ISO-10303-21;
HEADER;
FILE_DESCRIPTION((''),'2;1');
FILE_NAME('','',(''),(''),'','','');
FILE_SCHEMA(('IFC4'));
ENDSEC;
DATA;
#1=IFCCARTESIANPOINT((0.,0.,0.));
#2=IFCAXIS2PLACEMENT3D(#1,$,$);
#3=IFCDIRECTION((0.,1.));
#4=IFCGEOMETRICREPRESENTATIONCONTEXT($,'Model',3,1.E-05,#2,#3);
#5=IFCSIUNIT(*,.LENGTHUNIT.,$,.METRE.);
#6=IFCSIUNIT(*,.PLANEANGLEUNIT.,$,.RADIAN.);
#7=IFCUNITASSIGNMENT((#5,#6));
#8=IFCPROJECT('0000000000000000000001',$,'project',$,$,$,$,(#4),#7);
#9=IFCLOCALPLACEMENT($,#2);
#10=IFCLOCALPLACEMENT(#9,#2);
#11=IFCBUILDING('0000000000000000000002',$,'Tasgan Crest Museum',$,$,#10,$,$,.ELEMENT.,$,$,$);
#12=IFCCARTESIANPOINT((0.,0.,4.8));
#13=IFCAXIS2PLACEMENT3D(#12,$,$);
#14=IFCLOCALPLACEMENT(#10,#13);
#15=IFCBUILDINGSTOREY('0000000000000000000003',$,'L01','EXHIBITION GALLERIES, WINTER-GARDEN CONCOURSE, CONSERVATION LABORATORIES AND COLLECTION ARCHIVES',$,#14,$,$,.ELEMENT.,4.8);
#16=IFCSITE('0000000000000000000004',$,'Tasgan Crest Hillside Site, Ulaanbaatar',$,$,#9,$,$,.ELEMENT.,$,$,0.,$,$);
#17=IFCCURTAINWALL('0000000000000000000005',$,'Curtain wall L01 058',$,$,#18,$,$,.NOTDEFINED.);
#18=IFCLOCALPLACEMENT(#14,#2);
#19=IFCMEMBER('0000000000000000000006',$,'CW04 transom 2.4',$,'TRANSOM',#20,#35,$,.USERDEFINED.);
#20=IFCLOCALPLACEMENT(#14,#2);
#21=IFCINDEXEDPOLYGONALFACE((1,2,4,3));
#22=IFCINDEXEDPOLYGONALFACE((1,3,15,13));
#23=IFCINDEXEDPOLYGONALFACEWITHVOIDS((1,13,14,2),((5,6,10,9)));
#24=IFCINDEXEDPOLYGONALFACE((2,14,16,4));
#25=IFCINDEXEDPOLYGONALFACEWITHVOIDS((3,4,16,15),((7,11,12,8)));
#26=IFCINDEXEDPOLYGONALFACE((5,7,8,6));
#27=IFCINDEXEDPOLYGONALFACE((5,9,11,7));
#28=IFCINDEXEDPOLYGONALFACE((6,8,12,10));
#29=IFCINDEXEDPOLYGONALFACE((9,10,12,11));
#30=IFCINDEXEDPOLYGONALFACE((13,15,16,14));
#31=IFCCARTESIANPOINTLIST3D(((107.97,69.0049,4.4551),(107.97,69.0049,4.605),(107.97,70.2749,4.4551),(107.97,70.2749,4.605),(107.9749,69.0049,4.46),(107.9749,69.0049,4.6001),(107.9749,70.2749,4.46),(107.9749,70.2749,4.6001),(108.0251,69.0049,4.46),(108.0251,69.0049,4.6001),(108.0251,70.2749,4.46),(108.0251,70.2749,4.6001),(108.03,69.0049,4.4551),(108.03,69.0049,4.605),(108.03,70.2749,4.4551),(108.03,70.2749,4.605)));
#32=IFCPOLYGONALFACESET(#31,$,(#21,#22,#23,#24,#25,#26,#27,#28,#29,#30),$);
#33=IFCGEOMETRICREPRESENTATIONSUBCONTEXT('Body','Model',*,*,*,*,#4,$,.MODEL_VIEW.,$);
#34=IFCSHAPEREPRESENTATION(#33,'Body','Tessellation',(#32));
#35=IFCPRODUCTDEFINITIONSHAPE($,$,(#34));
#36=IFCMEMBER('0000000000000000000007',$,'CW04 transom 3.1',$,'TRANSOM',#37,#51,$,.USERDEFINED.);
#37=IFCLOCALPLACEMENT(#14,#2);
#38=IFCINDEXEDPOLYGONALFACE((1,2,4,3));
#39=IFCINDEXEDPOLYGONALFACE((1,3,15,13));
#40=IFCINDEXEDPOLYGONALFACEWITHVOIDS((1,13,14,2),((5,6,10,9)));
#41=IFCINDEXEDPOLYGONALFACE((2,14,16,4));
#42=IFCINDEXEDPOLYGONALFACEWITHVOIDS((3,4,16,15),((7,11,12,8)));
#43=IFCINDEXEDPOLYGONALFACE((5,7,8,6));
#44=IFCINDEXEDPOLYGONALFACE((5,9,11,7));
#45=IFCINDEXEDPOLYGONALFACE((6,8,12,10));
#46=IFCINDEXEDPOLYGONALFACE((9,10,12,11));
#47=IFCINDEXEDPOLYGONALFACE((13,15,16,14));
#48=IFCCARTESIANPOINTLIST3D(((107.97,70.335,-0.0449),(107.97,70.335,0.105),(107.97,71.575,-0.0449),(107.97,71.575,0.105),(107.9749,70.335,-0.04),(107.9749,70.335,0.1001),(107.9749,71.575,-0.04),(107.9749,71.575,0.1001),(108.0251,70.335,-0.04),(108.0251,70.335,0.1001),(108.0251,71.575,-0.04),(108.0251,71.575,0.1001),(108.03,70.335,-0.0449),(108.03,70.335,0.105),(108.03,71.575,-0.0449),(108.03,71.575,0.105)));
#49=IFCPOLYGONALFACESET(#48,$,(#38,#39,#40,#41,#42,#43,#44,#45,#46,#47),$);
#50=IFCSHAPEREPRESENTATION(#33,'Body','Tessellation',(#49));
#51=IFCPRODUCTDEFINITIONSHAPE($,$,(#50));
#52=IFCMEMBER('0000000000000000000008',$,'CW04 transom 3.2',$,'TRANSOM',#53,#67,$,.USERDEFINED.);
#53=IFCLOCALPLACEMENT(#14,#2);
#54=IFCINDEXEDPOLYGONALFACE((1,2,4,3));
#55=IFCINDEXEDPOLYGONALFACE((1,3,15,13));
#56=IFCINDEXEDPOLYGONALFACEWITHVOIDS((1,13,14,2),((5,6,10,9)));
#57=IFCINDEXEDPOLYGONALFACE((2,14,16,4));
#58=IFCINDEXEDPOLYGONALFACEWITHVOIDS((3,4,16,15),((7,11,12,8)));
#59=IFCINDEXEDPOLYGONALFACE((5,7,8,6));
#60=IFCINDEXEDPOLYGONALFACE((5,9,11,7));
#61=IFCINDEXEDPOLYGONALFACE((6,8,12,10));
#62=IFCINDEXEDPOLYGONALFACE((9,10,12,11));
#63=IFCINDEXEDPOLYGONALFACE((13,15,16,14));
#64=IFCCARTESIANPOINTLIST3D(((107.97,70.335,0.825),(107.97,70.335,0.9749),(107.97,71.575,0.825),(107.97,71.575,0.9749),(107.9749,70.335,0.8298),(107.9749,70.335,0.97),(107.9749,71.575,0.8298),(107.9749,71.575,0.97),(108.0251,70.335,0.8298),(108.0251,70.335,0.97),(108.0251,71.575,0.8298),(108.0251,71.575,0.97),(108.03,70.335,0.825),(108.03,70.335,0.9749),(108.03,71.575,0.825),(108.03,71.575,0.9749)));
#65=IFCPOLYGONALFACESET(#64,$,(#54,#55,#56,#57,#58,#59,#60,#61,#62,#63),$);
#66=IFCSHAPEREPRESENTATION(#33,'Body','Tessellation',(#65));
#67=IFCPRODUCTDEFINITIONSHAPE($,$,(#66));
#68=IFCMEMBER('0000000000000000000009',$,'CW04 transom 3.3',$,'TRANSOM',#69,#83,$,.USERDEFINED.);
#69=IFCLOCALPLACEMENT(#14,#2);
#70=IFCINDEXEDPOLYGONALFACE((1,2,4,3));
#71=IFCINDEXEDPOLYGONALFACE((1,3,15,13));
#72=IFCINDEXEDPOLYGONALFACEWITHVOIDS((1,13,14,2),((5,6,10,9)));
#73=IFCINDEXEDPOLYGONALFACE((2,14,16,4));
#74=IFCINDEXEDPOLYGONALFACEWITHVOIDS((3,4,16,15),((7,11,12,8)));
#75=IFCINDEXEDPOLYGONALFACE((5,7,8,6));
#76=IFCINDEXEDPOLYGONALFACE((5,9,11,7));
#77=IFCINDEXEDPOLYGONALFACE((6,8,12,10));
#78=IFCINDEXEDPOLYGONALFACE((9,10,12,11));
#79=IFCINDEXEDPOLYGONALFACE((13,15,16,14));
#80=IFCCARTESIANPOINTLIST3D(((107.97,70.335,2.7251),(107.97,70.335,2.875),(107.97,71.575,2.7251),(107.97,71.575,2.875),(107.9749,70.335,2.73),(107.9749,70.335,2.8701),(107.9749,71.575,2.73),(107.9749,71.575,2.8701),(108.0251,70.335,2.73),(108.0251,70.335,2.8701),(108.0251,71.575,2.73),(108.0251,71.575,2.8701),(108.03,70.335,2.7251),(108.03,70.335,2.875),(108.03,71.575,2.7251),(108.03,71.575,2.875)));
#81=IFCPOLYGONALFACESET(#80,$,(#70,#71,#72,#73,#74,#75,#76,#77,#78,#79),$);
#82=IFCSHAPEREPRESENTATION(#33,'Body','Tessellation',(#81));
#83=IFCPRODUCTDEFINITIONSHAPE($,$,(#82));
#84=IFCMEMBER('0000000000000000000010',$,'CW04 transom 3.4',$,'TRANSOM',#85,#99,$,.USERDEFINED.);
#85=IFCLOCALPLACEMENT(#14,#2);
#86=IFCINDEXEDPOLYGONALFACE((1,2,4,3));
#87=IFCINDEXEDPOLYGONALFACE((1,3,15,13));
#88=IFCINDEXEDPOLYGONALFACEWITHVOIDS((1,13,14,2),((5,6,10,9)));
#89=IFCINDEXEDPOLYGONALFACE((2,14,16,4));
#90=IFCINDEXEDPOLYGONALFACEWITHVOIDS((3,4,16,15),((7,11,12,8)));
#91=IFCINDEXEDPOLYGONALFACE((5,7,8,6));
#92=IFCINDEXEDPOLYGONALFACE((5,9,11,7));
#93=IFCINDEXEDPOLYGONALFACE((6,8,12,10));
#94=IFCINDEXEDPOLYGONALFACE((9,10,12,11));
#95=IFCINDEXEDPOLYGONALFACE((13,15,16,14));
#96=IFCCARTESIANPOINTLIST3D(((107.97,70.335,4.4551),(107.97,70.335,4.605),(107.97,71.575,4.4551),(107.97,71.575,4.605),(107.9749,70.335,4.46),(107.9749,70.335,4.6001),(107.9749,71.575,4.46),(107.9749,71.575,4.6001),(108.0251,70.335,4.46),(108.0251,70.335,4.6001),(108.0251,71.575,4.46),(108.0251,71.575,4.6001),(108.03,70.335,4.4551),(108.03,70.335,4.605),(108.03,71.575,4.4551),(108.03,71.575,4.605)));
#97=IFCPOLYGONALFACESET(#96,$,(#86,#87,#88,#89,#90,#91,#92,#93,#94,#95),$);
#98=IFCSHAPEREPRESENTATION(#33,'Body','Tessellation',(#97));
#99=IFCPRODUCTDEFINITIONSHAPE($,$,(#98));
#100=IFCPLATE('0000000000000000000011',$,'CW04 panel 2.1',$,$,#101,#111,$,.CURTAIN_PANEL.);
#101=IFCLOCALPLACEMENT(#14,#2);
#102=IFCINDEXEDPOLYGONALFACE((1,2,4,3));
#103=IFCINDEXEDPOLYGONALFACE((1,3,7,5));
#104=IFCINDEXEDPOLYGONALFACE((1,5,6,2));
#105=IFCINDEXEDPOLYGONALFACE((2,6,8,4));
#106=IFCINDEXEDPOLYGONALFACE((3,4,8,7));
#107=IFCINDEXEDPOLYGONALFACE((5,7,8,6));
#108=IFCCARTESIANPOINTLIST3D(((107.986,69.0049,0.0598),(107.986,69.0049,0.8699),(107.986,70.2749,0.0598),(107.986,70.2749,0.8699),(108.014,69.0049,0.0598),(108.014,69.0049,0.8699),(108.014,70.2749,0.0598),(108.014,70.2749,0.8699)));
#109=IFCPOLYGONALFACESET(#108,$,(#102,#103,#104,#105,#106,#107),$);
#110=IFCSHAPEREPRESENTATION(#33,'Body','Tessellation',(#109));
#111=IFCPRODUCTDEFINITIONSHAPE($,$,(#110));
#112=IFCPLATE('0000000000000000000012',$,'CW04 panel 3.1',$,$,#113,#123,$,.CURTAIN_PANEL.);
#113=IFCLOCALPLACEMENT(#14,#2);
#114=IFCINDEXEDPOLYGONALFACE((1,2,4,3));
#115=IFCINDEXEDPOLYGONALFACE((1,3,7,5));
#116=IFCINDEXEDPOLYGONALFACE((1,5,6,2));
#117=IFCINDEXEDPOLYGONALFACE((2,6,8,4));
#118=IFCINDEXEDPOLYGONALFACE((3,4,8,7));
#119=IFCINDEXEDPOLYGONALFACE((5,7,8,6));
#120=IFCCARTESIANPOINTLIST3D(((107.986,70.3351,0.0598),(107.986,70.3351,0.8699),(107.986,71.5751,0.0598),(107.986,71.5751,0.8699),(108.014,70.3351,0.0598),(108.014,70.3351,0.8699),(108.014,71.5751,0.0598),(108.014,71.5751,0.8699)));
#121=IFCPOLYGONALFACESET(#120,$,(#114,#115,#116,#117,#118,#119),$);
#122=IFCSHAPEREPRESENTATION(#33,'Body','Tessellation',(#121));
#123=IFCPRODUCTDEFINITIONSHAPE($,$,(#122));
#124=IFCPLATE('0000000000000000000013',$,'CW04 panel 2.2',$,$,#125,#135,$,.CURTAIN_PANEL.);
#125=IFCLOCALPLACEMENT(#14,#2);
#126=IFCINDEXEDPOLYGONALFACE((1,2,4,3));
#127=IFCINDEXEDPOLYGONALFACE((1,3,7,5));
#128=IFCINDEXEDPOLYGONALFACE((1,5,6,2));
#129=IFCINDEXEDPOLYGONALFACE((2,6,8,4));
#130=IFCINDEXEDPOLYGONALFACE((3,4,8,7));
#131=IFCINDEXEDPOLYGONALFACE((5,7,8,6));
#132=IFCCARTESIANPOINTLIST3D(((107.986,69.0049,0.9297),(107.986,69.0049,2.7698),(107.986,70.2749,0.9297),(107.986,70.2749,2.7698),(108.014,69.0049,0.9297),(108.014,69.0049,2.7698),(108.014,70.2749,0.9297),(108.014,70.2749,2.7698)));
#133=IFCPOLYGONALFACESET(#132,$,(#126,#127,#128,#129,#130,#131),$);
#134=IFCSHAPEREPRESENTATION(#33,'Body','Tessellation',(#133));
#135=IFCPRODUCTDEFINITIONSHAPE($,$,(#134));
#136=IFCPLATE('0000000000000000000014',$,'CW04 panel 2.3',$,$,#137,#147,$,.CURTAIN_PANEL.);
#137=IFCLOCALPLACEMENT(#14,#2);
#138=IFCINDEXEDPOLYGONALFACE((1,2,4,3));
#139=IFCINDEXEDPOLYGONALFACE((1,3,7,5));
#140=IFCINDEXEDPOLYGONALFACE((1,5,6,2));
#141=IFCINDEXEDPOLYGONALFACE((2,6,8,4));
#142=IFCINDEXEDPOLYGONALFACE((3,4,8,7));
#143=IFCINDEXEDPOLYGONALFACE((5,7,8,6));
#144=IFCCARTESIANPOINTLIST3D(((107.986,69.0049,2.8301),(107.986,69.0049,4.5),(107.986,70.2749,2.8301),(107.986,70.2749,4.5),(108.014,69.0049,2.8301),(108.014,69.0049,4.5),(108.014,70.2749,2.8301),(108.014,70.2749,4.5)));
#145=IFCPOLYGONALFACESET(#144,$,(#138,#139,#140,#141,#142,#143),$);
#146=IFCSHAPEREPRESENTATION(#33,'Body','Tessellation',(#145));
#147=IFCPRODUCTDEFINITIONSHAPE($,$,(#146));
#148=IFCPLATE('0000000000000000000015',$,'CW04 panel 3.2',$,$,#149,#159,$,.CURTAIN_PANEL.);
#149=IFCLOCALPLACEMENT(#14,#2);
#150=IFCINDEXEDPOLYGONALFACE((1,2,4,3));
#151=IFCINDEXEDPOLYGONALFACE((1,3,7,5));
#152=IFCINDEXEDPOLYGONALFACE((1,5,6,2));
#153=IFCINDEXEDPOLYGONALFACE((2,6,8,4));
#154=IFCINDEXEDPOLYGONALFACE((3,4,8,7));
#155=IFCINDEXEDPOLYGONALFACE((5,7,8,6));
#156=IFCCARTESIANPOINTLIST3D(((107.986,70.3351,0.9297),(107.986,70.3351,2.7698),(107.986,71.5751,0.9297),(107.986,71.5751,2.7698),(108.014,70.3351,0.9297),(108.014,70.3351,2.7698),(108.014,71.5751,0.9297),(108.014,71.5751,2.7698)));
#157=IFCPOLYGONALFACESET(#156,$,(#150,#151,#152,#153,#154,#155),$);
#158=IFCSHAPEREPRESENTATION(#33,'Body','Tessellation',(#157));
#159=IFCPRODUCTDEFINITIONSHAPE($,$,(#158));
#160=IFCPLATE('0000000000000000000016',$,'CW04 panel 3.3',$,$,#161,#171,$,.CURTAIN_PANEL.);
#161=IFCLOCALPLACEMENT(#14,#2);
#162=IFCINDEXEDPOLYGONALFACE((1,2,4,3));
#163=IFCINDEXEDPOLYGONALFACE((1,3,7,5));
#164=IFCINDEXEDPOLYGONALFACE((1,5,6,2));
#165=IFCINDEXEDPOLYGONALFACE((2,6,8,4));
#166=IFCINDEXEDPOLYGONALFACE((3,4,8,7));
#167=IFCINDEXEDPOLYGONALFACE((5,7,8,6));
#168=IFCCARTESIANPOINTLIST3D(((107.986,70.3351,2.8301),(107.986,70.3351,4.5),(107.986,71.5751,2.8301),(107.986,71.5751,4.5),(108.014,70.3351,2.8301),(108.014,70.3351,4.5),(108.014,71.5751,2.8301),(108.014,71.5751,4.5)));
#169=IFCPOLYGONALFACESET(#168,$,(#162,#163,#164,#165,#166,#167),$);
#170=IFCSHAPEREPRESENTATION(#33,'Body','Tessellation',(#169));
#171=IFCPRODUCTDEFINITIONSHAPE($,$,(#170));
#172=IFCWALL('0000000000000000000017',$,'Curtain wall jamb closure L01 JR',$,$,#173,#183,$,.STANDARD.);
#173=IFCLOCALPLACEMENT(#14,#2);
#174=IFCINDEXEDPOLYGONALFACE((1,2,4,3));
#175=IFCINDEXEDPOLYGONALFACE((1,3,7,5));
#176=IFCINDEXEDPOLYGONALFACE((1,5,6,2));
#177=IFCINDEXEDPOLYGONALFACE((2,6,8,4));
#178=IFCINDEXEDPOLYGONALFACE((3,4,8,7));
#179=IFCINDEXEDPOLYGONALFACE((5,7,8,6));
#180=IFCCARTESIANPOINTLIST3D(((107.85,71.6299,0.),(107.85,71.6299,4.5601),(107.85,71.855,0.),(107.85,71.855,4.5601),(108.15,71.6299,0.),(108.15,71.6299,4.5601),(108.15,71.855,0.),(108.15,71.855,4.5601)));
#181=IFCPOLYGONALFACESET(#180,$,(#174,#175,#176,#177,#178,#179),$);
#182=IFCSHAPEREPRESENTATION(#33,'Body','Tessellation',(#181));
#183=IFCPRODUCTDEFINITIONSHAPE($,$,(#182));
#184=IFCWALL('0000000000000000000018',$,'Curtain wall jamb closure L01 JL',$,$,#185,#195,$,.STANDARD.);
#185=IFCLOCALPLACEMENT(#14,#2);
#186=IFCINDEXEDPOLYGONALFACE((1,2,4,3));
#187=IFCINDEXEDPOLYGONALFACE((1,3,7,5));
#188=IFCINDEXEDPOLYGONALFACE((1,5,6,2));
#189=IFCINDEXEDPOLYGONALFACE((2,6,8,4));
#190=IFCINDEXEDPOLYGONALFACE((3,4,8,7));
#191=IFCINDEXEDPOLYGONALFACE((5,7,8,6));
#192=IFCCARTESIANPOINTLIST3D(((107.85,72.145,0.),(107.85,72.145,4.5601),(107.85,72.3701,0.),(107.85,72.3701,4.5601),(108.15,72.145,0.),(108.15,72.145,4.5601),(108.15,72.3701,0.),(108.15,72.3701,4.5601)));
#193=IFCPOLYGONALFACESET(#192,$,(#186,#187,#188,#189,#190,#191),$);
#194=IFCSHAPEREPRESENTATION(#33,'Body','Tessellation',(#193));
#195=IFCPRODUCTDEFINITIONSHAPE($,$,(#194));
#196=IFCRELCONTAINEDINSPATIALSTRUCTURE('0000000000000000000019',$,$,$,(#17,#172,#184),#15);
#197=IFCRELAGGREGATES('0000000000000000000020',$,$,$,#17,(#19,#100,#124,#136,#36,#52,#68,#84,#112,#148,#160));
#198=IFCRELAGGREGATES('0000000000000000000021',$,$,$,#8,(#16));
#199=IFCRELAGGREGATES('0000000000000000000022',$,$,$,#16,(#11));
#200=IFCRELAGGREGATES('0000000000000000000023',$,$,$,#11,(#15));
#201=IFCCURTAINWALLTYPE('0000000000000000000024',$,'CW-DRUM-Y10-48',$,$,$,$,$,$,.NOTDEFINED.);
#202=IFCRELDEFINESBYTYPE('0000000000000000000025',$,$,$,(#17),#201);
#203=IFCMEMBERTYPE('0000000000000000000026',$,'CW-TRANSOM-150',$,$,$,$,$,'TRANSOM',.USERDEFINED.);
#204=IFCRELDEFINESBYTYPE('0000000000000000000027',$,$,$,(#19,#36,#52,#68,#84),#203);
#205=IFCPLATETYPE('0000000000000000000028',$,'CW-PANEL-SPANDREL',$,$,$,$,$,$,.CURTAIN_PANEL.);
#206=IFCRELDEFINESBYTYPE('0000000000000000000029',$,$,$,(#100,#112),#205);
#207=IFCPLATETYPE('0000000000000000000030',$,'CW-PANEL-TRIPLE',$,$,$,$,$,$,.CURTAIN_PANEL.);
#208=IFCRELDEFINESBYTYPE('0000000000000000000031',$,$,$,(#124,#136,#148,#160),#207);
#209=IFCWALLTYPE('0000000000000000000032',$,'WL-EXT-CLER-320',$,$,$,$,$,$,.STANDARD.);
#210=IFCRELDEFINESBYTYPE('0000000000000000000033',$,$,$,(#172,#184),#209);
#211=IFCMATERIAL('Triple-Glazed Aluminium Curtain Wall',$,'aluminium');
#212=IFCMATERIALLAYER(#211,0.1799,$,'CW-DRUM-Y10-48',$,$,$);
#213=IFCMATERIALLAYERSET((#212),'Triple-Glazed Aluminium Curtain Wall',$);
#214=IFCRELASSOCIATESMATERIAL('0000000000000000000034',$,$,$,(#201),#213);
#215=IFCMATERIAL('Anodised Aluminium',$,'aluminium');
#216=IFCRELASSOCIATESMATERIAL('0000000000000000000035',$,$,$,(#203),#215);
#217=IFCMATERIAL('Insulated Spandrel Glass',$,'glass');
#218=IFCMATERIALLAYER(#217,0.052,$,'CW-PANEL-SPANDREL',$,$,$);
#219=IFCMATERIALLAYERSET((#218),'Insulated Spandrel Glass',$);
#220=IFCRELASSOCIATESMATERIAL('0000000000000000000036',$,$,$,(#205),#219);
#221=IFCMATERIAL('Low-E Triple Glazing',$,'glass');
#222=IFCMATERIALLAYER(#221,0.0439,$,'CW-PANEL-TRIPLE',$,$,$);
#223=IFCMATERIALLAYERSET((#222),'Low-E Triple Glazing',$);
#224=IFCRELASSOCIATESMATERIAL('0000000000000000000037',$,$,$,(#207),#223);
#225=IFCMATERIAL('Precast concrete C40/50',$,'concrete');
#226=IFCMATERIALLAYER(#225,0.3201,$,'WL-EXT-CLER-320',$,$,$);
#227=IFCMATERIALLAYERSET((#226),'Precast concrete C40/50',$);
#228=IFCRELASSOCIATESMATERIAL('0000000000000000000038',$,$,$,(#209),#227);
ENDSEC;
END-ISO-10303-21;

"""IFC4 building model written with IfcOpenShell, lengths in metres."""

from ifc_helpers import new_model, si_unit, direction, frame, frame_2d, origin, origin_2d, place, context, subcontext, project, spatial, rectangle, hollow_rectangle, extrude, material, layer, layer_set, material_profile, profile_set, type_object, element, aggregate, save


model = new_model("IFC4")

# Units and contexts
model_context = context("Model", 3, precision=1e-05, world=origin(), true_north=direction((0.0, 1.0)))
body_context = subcontext(model_context, "Body", "Model", "MODEL_VIEW")
ifc_project = project(units=[si_unit("LENGTHUNIT", "METRE"), si_unit("PLANEANGLEUNIT", "RADIAN")], contexts=[model_context])

# Site, building, storey
site_placement = place(None, origin())
site = spatial("IfcSite", under=ifc_project, at=site_placement, Name="Tasgan Crest Hillside Site, Ulaanbaatar", CompositionType="ELEMENT", RefElevation=0.0)
building_placement = place(site_placement, origin())
building = spatial("IfcBuilding", under=site, at=building_placement, Name="Tasgan Crest Museum", CompositionType="ELEMENT")
storey_placement = place(building_placement, frame((0.0, 0.0, 4.8)))
storey = spatial("IfcBuildingStorey", under=building, at=storey_placement, Name="L01", Description="EXHIBITION GALLERIES, WINTER-GARDEN CONCOURSE, CONSERVATION LABORATORIES AND COLLECTION ARCHIVES", CompositionType="ELEMENT", Elevation=4.8)

# Curtain wall
ifc_material_1 = material(Name="Triple-Glazed Aluminium Curtain Wall", Category="aluminium")
ifc_layer_1 = layer(ifc_material_1, 0.1799, Name="CW-DRUM-Y10-48")
ifc_layer_set_1 = layer_set([ifc_layer_1], Name="Triple-Glazed Aluminium Curtain Wall")
curtain_wall_type = type_object("IfcCurtainWallType", Name="CW-DRUM-Y10-48", PredefinedType="NOTDEFINED", material=ifc_layer_set_1)
curtain_wall_1_placement = place(storey_placement, origin())
curtain_wall_1 = element("IfcCurtainWall", 1, at=curtain_wall_1_placement, inside=storey, type_object=curtain_wall_type, Name="Curtain wall L01 058", PredefinedType="NOTDEFINED")

# Members
ifc_material_2 = material(Name="Anodised Aluminium", Category="aluminium")
ifc_material_profile_1 = material_profile(ifc_material_2, hollow_rectangle(XDim=0.0601, YDim=0.1499, WallThickness=0.0049, at=origin_2d()), Name="ALU TRANSOM 150x60x5")
ifc_profile_set_1 = profile_set([ifc_material_profile_1], Name="Anodised Aluminium")
member_type_1 = type_object("IfcMemberType", Name="CW-TRANSOM-150", ElementType="TRANSOM", PredefinedType="USERDEFINED", material=ifc_profile_set_1)
member_1_placement = place(storey_placement, frame((108.0, 69.0049, 4.53), z_axis=(0.0, 1.0, 0.0), x_axis=(-1.0, 0.0, 0.0)))
member_1 = element("IfcMember", 2, at=member_1_placement, type_object=member_type_1, Name="CW04 transom 2.4", ObjectType="TRANSOM", PredefinedType="USERDEFINED", context=body_context, shape_type="SweptSolid", body=[
    extrude(hollow_rectangle(XDim=0.0601, YDim=0.1499, WallThickness=0.0049, at=origin_2d()), origin(), (0.0, 0.0, 1.0), 1.27),
])
member_2_placement = place(storey_placement, frame((108.0, 70.335, 0.03), z_axis=(0.0, 1.0, 0.0), x_axis=(-1.0, 0.0, 0.0)))
member_2 = element("IfcMember", 3, at=member_2_placement, type_object=member_type_1, Name="CW04 transom 3.1", ObjectType="TRANSOM", PredefinedType="USERDEFINED", context=body_context, shape_type="SweptSolid", body=[
    extrude(hollow_rectangle(XDim=0.0601, YDim=0.1499, WallThickness=0.0049, at=origin_2d()), origin(), (0.0, 0.0, 1.0), 1.24),
])
member_3_placement = place(storey_placement, frame((108.0, 70.335, 0.8999), z_axis=(0.0, 1.0, 0.0), x_axis=(-1.0, 0.0, 0.0)))
member_3 = element("IfcMember", 4, at=member_3_placement, type_object=member_type_1, Name="CW04 transom 3.2", ObjectType="TRANSOM", PredefinedType="USERDEFINED", context=body_context, shape_type="SweptSolid", body=[
    extrude(hollow_rectangle(XDim=0.0601, YDim=0.1499, WallThickness=0.0049, at=origin_2d()), origin(), (0.0, 0.0, 1.0), 1.24),
])
member_4_placement = place(storey_placement, frame((108.0, 70.335, 2.8), z_axis=(0.0, 1.0, 0.0), x_axis=(-1.0, 0.0, 0.0)))
member_4 = element("IfcMember", 5, at=member_4_placement, type_object=member_type_1, Name="CW04 transom 3.3", ObjectType="TRANSOM", PredefinedType="USERDEFINED", context=body_context, shape_type="SweptSolid", body=[
    extrude(hollow_rectangle(XDim=0.0601, YDim=0.1499, WallThickness=0.0049, at=origin_2d()), origin(), (0.0, 0.0, 1.0), 1.24),
])
member_5_placement = place(storey_placement, frame((108.0, 70.335, 4.53), z_axis=(0.0, 1.0, 0.0), x_axis=(-1.0, 0.0, 0.0)))
member_5 = element("IfcMember", 6, at=member_5_placement, type_object=member_type_1, Name="CW04 transom 3.4", ObjectType="TRANSOM", PredefinedType="USERDEFINED", context=body_context, shape_type="SweptSolid", body=[
    extrude(hollow_rectangle(XDim=0.0601, YDim=0.1499, WallThickness=0.0049, at=origin_2d()), origin(), (0.0, 0.0, 1.0), 1.24),
])

# Plates
ifc_material_3 = material(Name="Insulated Spandrel Glass", Category="glass")
ifc_layer_2 = layer(ifc_material_3, 0.052, Name="CW-PANEL-SPANDREL")
ifc_layer_set_2 = layer_set([ifc_layer_2], Name="Insulated Spandrel Glass")
plate_type_1 = type_object("IfcPlateType", Name="CW-PANEL-SPANDREL", PredefinedType="CURTAIN_PANEL", material=ifc_layer_set_2)
plate_1_placement = place(storey_placement, frame((108.0, 69.6399, 0.0598), z_axis=(0.0, 0.0, 1.0), x_axis=(0.0, 1.0, 0.0)))
plate_1 = element("IfcPlate", 7, at=plate_1_placement, type_object=plate_type_1, Name="CW04 panel 2.1", PredefinedType="CURTAIN_PANEL", context=body_context, shape_type="SweptSolid", body=[
    extrude(rectangle(XDim=1.27, YDim=0.0281, at=origin_2d()), origin(), (0.0, 0.0, 1.0), 0.8101),
])
plate_2_placement = place(storey_placement, frame((108.0, 70.9551, 0.0598), z_axis=(0.0, 0.0, 1.0), x_axis=(0.0, 1.0, 0.0)))
plate_2 = element("IfcPlate", 8, at=plate_2_placement, type_object=plate_type_1, Name="CW04 panel 3.1", PredefinedType="CURTAIN_PANEL", context=body_context, shape_type="SweptSolid", body=[
    extrude(rectangle(XDim=1.24, YDim=0.0281, at=origin_2d()), origin(), (0.0, 0.0, 1.0), 0.8101),
])
ifc_material_4 = material(Name="Low-E Triple Glazing", Category="glass")
ifc_layer_3 = layer(ifc_material_4, 0.0439, Name="CW-PANEL-TRIPLE")
ifc_layer_set_3 = layer_set([ifc_layer_3], Name="Low-E Triple Glazing")
plate_type_2 = type_object("IfcPlateType", Name="CW-PANEL-TRIPLE", PredefinedType="CURTAIN_PANEL", material=ifc_layer_set_3)
plate_3_placement = place(storey_placement, frame((108.0, 69.6399, 0.9297), z_axis=(0.0, 0.0, 1.0), x_axis=(0.0, 1.0, 0.0)))
plate_3 = element("IfcPlate", 9, at=plate_3_placement, type_object=plate_type_2, Name="CW04 panel 2.2", PredefinedType="CURTAIN_PANEL", context=body_context, shape_type="SweptSolid", body=[
    extrude(rectangle(XDim=1.27, YDim=0.0281, at=origin_2d()), origin(), (0.0, 0.0, 1.0), 1.8401),
])
plate_4_placement = place(storey_placement, frame((108.0, 69.6399, 2.8301), z_axis=(0.0, 0.0, 1.0), x_axis=(0.0, 1.0, 0.0)))
plate_4 = element("IfcPlate", 10, at=plate_4_placement, type_object=plate_type_2, Name="CW04 panel 2.3", PredefinedType="CURTAIN_PANEL", context=body_context, shape_type="SweptSolid", body=[
    extrude(rectangle(XDim=1.27, YDim=0.0281, at=origin_2d()), origin(), (0.0, 0.0, 1.0), 1.6699),
])
plate_5_placement = place(storey_placement, frame((108.0, 70.9551, 0.9297), z_axis=(0.0, 0.0, 1.0), x_axis=(0.0, 1.0, 0.0)))
plate_5 = element("IfcPlate", 11, at=plate_5_placement, type_object=plate_type_2, Name="CW04 panel 3.2", PredefinedType="CURTAIN_PANEL", context=body_context, shape_type="SweptSolid", body=[
    extrude(rectangle(XDim=1.24, YDim=0.0281, at=origin_2d()), origin(), (0.0, 0.0, 1.0), 1.8401),
])
plate_6_placement = place(storey_placement, frame((108.0, 70.9551, 2.8301), z_axis=(0.0, 0.0, 1.0), x_axis=(0.0, 1.0, 0.0)))
plate_6 = element("IfcPlate", 12, at=plate_6_placement, type_object=plate_type_2, Name="CW04 panel 3.3", PredefinedType="CURTAIN_PANEL", context=body_context, shape_type="SweptSolid", body=[
    extrude(rectangle(XDim=1.24, YDim=0.0281, at=origin_2d()), origin(), (0.0, 0.0, 1.0), 1.6699),
])
aggregate(curtain_wall_1, [member_1, plate_1, plate_3, plate_4, member_2, member_3, member_4, member_5, plate_2, plate_5, plate_6])

# Walls
ifc_material_5 = material(Name="Precast concrete C40/50", Category="concrete")
ifc_layer_4 = layer(ifc_material_5, 0.3201, Name="WL-EXT-CLER-320")
ifc_layer_set_4 = layer_set([ifc_layer_4], Name="Precast concrete C40/50")
wall_type = type_object("IfcWallType", Name="WL-EXT-CLER-320", PredefinedType="STANDARD", material=ifc_layer_set_4)
for number, where, z_axis, x_axis, name in (
    (13, (108.0, 71.6299, 0.0), (0.0, 0.0, 1.0), (0.0, 1.0, 0.0), "Curtain wall jamb closure L01 JR"),
    (14, (108.0, 72.145, 0.0), (0.0, 0.0, 1.0), (0.0, 1.0, 0.0), "Curtain wall jamb closure L01 JL"),
):
    element("IfcWall", number, at=place(storey_placement, frame(where, z_axis=z_axis, x_axis=x_axis)), inside=storey, type_object=wall_type, Name=name, PredefinedType="STANDARD", context=body_context, shape_type="SweptSolid", body=[
        extrude(rectangle(XDim=0.2251, YDim=0.3, at=frame_2d((0.1125, 0.0))), origin(), (0.0, 0.0, 1.0), 4.5601),
    ])

save(model, "model.ifc")
